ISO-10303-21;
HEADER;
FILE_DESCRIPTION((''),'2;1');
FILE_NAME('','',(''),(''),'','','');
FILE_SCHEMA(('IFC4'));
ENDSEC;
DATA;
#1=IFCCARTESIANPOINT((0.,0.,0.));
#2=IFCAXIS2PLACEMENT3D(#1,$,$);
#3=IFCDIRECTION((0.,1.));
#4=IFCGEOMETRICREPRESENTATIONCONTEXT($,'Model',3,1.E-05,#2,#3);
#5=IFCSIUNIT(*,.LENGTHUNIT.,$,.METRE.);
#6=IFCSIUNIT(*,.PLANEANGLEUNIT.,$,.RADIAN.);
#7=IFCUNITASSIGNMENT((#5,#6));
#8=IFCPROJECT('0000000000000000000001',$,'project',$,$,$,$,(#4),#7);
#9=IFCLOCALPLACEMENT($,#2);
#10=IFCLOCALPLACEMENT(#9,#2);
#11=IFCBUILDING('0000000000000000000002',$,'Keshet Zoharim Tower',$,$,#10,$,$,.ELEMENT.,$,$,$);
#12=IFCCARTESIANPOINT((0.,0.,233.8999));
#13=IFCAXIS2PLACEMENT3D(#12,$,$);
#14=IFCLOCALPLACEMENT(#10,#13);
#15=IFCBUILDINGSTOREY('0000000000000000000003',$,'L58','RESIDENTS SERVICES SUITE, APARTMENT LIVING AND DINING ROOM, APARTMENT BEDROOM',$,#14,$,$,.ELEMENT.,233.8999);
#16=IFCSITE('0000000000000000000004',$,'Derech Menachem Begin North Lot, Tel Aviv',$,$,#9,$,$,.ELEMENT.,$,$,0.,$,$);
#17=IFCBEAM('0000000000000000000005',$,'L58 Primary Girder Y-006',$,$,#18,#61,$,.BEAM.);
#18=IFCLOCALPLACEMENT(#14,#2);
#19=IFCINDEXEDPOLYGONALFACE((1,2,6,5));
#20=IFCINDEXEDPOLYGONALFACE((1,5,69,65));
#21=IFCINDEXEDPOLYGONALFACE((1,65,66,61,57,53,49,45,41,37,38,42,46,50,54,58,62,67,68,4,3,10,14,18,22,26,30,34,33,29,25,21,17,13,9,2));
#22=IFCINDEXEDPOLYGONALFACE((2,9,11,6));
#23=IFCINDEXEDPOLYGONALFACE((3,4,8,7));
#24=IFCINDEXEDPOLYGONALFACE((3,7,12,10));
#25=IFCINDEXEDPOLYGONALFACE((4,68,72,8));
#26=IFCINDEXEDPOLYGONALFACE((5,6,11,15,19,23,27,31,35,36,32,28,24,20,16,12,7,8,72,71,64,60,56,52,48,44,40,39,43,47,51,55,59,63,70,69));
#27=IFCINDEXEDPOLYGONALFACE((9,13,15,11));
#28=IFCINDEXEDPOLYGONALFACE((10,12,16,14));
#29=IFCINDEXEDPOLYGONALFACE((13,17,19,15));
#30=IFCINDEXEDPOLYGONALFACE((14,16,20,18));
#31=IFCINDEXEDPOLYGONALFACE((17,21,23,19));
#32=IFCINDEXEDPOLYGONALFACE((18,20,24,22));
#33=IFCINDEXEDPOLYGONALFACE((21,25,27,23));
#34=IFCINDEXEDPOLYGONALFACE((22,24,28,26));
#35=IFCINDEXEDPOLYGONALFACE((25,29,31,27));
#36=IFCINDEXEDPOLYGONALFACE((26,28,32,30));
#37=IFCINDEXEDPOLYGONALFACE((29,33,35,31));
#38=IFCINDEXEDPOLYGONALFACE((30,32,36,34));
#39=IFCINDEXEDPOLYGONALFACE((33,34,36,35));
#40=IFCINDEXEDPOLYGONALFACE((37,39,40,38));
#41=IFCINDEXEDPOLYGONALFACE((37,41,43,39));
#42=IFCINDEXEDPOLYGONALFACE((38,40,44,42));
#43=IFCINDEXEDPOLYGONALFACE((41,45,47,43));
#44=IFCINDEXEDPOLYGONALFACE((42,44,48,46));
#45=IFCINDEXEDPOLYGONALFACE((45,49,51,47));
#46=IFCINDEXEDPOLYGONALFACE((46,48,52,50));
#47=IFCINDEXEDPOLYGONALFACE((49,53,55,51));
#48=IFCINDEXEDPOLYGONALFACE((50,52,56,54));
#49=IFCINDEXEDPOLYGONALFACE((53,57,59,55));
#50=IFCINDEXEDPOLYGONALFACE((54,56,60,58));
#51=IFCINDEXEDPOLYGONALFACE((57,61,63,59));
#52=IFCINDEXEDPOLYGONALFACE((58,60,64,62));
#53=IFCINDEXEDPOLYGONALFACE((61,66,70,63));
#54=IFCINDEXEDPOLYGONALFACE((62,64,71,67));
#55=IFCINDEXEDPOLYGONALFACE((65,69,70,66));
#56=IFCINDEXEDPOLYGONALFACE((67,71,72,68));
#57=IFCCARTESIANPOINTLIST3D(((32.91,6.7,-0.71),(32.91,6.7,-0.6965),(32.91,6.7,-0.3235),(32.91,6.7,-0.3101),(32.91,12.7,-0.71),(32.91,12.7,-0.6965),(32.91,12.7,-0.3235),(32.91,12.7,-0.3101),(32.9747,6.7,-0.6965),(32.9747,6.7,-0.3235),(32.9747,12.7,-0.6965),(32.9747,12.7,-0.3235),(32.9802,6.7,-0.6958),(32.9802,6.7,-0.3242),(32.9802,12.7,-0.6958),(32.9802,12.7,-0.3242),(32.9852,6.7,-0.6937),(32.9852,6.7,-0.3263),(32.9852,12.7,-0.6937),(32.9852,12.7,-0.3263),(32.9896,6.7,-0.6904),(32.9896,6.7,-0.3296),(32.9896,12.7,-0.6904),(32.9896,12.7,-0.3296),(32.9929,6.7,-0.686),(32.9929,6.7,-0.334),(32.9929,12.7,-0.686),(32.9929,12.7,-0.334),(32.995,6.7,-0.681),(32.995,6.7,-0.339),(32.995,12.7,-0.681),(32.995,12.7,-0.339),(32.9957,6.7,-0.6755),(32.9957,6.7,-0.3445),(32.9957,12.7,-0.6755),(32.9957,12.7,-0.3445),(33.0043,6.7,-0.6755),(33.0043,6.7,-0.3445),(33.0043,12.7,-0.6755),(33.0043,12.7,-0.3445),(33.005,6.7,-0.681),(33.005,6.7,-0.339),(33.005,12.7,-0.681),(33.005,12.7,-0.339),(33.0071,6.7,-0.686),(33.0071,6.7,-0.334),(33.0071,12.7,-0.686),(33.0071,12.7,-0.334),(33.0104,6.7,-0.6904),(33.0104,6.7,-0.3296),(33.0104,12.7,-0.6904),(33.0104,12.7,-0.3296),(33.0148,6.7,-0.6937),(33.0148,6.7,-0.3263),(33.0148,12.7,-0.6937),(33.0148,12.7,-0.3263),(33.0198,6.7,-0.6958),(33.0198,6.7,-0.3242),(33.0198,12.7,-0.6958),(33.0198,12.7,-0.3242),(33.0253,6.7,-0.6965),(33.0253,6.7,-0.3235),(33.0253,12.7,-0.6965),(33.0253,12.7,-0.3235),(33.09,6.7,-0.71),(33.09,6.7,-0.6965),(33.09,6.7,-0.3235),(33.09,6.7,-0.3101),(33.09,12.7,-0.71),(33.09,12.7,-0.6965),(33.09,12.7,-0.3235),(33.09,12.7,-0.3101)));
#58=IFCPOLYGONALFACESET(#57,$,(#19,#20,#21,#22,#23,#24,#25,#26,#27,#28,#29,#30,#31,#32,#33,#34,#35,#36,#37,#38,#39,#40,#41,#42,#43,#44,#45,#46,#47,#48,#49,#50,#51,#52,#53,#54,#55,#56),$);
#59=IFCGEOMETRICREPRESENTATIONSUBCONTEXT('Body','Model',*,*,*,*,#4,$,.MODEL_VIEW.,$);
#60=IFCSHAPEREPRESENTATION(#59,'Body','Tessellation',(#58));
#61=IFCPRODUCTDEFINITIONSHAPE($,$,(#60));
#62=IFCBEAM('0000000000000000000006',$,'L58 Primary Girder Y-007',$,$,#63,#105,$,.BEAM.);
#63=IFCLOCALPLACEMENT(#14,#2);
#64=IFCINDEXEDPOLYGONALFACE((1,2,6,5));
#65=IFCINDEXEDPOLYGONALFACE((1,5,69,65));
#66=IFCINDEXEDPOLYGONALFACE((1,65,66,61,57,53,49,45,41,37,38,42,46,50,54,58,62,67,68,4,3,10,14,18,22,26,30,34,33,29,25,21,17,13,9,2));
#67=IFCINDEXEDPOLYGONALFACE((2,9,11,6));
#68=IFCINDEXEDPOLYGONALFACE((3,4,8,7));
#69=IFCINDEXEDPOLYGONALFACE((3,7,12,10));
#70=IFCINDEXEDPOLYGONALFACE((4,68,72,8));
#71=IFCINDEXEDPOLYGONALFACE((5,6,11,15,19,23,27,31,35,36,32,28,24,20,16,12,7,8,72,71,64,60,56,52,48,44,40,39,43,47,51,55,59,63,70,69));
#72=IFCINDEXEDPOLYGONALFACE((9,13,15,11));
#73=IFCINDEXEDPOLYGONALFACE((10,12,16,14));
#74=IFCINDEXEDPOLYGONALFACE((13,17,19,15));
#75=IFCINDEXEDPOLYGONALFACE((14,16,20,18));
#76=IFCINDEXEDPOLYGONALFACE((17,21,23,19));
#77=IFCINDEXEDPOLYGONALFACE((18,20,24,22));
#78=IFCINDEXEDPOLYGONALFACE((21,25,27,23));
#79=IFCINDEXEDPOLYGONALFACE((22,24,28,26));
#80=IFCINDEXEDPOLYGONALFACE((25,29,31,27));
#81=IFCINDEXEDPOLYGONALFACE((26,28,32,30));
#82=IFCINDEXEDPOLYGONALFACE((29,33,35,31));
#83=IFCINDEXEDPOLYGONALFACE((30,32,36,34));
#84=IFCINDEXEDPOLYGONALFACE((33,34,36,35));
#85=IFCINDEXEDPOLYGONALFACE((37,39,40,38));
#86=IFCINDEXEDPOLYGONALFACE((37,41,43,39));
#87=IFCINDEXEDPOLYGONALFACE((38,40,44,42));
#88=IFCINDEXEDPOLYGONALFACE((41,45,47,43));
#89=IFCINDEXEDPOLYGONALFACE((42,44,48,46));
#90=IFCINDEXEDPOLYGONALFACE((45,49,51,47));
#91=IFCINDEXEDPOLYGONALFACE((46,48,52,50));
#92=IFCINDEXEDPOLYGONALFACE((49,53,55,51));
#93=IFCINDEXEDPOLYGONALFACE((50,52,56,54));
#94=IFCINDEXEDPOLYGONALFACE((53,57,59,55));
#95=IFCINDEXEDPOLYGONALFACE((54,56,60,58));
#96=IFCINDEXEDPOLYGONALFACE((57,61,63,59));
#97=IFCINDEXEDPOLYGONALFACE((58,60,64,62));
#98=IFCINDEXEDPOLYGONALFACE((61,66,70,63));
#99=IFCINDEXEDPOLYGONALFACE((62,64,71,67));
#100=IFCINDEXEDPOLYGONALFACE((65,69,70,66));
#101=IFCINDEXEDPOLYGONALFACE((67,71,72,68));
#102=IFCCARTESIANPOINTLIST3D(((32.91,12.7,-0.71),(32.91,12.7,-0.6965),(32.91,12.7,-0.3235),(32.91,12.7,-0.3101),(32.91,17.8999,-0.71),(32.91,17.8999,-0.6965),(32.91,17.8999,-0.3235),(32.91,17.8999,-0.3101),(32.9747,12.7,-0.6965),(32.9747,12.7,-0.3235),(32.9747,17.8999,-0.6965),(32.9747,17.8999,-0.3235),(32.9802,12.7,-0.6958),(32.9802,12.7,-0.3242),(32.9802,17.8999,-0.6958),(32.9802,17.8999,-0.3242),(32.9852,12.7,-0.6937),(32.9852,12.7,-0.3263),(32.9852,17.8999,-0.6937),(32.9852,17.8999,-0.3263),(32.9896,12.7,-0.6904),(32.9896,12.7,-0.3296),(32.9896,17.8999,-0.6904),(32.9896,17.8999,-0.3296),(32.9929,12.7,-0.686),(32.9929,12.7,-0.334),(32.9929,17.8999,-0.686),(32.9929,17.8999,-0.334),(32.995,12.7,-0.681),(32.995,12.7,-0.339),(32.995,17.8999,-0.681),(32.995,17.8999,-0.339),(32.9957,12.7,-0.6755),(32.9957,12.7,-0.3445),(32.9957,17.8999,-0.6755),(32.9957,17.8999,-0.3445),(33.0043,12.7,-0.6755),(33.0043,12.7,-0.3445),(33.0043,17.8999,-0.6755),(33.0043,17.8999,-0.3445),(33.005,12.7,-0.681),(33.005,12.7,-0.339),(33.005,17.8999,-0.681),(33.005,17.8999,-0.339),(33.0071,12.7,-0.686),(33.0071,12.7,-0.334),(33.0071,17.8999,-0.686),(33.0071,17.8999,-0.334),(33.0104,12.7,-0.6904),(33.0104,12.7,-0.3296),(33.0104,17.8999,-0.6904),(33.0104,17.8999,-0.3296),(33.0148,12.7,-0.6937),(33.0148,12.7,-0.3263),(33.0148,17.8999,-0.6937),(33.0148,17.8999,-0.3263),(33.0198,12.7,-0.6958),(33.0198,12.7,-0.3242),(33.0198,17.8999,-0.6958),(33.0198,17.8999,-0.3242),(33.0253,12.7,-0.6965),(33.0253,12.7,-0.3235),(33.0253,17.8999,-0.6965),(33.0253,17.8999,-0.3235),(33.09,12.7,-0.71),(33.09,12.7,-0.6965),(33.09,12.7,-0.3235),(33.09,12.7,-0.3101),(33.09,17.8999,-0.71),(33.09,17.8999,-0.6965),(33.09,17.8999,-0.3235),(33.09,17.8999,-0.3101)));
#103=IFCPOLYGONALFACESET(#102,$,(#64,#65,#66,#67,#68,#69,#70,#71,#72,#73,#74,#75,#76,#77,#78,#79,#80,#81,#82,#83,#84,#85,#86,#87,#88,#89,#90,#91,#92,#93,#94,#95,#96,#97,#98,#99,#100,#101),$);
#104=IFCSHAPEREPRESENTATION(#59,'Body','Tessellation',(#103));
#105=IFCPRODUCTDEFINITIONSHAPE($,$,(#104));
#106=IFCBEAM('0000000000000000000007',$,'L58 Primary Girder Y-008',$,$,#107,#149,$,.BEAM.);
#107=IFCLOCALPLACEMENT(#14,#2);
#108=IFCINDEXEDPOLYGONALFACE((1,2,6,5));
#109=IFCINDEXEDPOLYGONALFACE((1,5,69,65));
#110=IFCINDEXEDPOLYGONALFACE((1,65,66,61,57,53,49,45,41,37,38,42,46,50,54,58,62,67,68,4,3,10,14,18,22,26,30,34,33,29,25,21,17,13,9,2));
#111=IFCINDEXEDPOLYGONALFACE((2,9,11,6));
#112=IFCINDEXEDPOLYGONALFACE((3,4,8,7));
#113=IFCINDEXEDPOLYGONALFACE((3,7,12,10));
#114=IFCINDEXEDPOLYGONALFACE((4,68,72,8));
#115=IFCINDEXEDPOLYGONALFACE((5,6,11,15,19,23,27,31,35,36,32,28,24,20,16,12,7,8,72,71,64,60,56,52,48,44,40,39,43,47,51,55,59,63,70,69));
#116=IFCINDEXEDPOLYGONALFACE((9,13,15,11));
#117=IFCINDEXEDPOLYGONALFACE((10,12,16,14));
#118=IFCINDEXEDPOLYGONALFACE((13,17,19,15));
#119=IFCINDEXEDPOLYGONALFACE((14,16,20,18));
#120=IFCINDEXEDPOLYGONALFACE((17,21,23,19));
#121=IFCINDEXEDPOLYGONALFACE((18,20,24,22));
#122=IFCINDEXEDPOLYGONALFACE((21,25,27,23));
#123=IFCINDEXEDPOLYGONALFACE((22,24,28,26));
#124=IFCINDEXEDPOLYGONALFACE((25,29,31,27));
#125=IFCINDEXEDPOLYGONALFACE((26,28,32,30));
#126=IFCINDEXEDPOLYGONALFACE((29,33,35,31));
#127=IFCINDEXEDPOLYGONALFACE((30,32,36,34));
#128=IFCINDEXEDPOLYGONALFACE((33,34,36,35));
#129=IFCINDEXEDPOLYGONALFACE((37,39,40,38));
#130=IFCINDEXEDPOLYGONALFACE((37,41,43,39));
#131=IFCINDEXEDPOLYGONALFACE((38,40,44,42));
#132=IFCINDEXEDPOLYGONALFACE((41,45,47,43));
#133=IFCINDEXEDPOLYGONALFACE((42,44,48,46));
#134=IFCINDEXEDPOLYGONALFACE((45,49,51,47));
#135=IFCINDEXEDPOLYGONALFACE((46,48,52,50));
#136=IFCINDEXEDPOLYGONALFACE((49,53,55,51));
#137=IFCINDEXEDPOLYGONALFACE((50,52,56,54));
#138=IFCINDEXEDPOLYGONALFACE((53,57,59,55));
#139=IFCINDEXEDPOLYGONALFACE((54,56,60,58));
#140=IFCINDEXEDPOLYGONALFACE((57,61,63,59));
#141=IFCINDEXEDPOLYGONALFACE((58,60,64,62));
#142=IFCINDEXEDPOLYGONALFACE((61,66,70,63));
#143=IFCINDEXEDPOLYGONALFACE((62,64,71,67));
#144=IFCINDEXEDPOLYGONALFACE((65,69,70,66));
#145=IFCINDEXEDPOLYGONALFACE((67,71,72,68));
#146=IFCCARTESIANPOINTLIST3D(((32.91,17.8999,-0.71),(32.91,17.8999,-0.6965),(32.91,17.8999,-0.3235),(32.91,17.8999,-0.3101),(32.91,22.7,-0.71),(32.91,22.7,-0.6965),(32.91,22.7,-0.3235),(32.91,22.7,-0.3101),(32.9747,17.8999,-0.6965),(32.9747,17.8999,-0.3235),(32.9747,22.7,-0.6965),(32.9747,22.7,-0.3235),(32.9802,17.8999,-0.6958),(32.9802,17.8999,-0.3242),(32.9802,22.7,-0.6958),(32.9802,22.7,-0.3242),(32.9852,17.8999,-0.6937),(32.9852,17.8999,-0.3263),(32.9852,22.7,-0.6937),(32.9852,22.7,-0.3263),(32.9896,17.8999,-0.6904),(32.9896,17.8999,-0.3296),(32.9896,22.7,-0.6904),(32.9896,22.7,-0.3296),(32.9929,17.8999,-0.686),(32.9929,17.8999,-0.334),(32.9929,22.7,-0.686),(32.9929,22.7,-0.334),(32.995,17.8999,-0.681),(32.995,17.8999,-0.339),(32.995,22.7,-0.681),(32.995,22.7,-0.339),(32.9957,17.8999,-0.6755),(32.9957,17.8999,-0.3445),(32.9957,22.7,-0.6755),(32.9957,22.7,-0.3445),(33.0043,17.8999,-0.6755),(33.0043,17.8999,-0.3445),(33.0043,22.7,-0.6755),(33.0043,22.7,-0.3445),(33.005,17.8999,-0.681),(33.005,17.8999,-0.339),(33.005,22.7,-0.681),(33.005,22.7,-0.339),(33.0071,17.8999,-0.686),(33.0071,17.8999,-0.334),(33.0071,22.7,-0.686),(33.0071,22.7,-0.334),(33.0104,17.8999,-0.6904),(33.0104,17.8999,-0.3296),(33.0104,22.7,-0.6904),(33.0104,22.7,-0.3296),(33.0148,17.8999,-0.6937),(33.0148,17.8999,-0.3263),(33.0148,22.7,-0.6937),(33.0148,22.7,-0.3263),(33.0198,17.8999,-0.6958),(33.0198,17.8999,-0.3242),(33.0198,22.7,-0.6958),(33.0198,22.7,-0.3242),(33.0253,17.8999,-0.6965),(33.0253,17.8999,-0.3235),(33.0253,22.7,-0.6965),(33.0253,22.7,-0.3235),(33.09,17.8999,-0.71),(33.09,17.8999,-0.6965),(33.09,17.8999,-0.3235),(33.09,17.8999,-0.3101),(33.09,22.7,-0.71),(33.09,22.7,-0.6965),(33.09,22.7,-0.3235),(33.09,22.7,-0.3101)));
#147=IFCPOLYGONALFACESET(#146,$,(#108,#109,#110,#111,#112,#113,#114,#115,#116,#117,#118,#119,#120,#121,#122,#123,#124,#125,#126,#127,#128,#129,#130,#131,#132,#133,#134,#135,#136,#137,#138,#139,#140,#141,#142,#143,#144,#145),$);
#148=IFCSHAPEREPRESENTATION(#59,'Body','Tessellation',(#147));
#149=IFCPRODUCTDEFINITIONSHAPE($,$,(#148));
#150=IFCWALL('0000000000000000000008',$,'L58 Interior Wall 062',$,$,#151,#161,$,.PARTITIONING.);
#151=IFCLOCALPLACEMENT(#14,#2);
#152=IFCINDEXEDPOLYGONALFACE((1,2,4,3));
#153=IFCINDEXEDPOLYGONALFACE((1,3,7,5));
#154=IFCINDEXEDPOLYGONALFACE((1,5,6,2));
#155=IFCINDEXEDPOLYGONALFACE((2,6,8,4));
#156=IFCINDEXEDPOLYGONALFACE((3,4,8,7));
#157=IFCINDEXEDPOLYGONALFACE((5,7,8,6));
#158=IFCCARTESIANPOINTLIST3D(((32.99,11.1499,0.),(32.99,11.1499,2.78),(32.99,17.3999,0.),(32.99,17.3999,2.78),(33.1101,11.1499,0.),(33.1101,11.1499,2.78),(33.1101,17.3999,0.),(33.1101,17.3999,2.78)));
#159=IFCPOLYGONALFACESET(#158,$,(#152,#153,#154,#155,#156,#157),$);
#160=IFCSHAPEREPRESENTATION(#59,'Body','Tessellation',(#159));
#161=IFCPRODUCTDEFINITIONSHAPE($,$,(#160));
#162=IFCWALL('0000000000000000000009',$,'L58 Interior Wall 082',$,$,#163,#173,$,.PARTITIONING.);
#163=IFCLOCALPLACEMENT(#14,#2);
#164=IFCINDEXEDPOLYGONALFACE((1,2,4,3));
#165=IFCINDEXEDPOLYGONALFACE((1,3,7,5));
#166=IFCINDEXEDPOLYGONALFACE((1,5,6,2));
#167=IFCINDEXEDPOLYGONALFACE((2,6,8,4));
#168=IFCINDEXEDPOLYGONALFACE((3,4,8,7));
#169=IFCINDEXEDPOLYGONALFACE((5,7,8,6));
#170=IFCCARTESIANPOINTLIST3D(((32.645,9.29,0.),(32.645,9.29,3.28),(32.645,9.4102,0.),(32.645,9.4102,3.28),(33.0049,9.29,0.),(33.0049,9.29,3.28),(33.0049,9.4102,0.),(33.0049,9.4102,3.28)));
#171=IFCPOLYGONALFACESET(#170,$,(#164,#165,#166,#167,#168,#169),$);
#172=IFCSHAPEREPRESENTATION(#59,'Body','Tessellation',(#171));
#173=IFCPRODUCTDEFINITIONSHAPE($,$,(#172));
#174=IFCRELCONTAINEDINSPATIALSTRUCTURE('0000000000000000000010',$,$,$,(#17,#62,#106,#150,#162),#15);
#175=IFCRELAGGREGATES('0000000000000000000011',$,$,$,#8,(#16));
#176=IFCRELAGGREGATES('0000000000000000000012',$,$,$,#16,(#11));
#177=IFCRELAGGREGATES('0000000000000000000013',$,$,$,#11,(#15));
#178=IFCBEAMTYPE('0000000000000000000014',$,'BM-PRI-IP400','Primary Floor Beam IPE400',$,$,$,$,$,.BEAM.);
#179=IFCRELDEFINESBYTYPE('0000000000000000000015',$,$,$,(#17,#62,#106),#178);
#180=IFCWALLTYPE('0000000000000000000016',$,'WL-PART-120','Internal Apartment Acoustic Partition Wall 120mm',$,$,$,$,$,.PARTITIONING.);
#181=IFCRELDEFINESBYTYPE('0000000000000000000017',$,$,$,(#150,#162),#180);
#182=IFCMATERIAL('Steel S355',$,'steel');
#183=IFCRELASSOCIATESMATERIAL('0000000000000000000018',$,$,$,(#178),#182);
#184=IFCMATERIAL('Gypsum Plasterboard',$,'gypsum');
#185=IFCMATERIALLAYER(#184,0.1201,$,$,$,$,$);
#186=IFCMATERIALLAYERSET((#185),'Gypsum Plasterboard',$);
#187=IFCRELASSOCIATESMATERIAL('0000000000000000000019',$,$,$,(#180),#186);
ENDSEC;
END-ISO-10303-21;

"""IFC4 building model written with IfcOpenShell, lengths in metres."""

from ifc_helpers import new_model, si_unit, direction, frame, frame_2d, origin, origin_2d, place, context, subcontext, project, spatial, rectangle, i_section, extrude, material, layer, layer_set, material_profile, profile_set, type_object, element, save


model = new_model("IFC4")

# Units and contexts
model_context = context("Model", 3, precision=1e-05, world=origin(), true_north=direction((0.0, 1.0)))
body_context = subcontext(model_context, "Body", "Model", "MODEL_VIEW")
ifc_project = project(units=[si_unit("LENGTHUNIT", "METRE"), si_unit("PLANEANGLEUNIT", "RADIAN")], contexts=[model_context])

# Site, building, storey
site_placement = place(None, origin())
site = spatial("IfcSite", under=ifc_project, at=site_placement, Name="Derech Menachem Begin North Lot, Tel Aviv", CompositionType="ELEMENT", RefElevation=0.0)
building_placement = place(site_placement, origin())
building = spatial("IfcBuilding", under=site, at=building_placement, Name="Keshet Zoharim Tower", CompositionType="ELEMENT")
storey_placement = place(building_placement, frame((0.0, 0.0, 233.8999)))
storey = spatial("IfcBuildingStorey", under=building, at=storey_placement, Name="L58", Description="RESIDENTS SERVICES SUITE, APARTMENT LIVING AND DINING ROOM, APARTMENT BEDROOM", CompositionType="ELEMENT", Elevation=233.8999)

# Beams
ifc_material_1 = material(Name="Steel S355", Category="steel")
ifc_material_profile_1 = material_profile(ifc_material_1, i_section(OverallWidth=0.1799, OverallDepth=0.3999, WebThickness=0.0085, FlangeThickness=0.0134, FilletRadius=0.021, at=origin_2d()), Name="IPE400")
ifc_profile_set_1 = profile_set([ifc_material_profile_1], Name="Steel S355")
beam_type_1 = type_object("IfcBeamType", Name="BM-PRI-IP400", Description="Primary Floor Beam IPE400", PredefinedType="BEAM", material=ifc_profile_set_1)
beam_1_placement = place(storey_placement, frame((33.0, 6.7, -0.51), z_axis=(0.0, 1.0, 0.0), x_axis=(-1.0, 0.0, 0.0)))
element("IfcBeam", 1, at=beam_1_placement, inside=storey, type_object=beam_type_1, Name="L58 Primary Girder Y-006", PredefinedType="BEAM", context=body_context, shape_type="SweptSolid", body=[
    extrude(i_section(OverallWidth=0.1799, OverallDepth=0.3999, WebThickness=0.0085, FlangeThickness=0.0134, FilletRadius=0.021, at=origin_2d()), origin(), (0.0, 0.0, 1.0), 6.0),
])
beam_2_placement = place(storey_placement, frame((33.0, 12.7, -0.51), z_axis=(0.0, 1.0, 0.0), x_axis=(-1.0, 0.0, 0.0)))
element("IfcBeam", 2, at=beam_2_placement, inside=storey, type_object=beam_type_1, Name="L58 Primary Girder Y-007", PredefinedType="BEAM", context=body_context, shape_type="SweptSolid", body=[
    extrude(i_section(OverallWidth=0.1799, OverallDepth=0.3999, WebThickness=0.0085, FlangeThickness=0.0134, FilletRadius=0.021, at=origin_2d()), origin(), (0.0, 0.0, 1.0), 5.2),
])
beam_3_placement = place(storey_placement, frame((33.0, 17.8999, -0.51), z_axis=(0.0, 1.0, 0.0), x_axis=(-1.0, 0.0, 0.0)))
element("IfcBeam", 3, at=beam_3_placement, inside=storey, type_object=beam_type_1, Name="L58 Primary Girder Y-008", PredefinedType="BEAM", context=body_context, shape_type="SweptSolid", body=[
    extrude(i_section(OverallWidth=0.1799, OverallDepth=0.3999, WebThickness=0.0085, FlangeThickness=0.0134, FilletRadius=0.021, at=origin_2d()), origin(), (0.0, 0.0, 1.0), 4.8),
])

# Shared definitions
ifc_material_2 = material(Name="Gypsum Plasterboard", Category="gypsum")

# Walls
ifc_layer_1 = layer(ifc_material_2, 0.1201)
ifc_layer_set_1 = layer_set([ifc_layer_1], Name="Gypsum Plasterboard")
wall_type_1 = type_object("IfcWallType", Name="WL-PART-120", Description="Internal Apartment Acoustic Partition Wall 120mm", PredefinedType="PARTITIONING", material=ifc_layer_set_1)
wall_1_placement = place(storey_placement, frame((33.05, 11.1499, 0.0), z_axis=(0.0, 0.0, 1.0), x_axis=(0.0, 1.0, 0.0)))
element("IfcWall", 4, at=wall_1_placement, inside=storey, type_object=wall_type_1, Name="L58 Interior Wall 062", PredefinedType="PARTITIONING", context=body_context, shape_type="SweptSolid", body=[
    extrude(rectangle(XDim=6.25, YDim=0.1201, at=frame_2d((3.125, 0.0))), origin(), (0.0, 0.0, 1.0), 2.78),
])
wall_2_placement = place(storey_placement, frame((32.645, 9.3501, 0.0), z_axis=(0.0, 0.0, 1.0), x_axis=(1.0, 0.0, 0.0)))
element("IfcWall", 5, at=wall_2_placement, inside=storey, type_object=wall_type_1, Name="L58 Interior Wall 082", PredefinedType="PARTITIONING", context=body_context, shape_type="SweptSolid", body=[
    extrude(rectangle(XDim=0.3599, YDim=0.1201, at=frame_2d((0.1799, 0.0))), origin(), (0.0, 0.0, 1.0), 3.28),
])

save(model, "model.ifc")
